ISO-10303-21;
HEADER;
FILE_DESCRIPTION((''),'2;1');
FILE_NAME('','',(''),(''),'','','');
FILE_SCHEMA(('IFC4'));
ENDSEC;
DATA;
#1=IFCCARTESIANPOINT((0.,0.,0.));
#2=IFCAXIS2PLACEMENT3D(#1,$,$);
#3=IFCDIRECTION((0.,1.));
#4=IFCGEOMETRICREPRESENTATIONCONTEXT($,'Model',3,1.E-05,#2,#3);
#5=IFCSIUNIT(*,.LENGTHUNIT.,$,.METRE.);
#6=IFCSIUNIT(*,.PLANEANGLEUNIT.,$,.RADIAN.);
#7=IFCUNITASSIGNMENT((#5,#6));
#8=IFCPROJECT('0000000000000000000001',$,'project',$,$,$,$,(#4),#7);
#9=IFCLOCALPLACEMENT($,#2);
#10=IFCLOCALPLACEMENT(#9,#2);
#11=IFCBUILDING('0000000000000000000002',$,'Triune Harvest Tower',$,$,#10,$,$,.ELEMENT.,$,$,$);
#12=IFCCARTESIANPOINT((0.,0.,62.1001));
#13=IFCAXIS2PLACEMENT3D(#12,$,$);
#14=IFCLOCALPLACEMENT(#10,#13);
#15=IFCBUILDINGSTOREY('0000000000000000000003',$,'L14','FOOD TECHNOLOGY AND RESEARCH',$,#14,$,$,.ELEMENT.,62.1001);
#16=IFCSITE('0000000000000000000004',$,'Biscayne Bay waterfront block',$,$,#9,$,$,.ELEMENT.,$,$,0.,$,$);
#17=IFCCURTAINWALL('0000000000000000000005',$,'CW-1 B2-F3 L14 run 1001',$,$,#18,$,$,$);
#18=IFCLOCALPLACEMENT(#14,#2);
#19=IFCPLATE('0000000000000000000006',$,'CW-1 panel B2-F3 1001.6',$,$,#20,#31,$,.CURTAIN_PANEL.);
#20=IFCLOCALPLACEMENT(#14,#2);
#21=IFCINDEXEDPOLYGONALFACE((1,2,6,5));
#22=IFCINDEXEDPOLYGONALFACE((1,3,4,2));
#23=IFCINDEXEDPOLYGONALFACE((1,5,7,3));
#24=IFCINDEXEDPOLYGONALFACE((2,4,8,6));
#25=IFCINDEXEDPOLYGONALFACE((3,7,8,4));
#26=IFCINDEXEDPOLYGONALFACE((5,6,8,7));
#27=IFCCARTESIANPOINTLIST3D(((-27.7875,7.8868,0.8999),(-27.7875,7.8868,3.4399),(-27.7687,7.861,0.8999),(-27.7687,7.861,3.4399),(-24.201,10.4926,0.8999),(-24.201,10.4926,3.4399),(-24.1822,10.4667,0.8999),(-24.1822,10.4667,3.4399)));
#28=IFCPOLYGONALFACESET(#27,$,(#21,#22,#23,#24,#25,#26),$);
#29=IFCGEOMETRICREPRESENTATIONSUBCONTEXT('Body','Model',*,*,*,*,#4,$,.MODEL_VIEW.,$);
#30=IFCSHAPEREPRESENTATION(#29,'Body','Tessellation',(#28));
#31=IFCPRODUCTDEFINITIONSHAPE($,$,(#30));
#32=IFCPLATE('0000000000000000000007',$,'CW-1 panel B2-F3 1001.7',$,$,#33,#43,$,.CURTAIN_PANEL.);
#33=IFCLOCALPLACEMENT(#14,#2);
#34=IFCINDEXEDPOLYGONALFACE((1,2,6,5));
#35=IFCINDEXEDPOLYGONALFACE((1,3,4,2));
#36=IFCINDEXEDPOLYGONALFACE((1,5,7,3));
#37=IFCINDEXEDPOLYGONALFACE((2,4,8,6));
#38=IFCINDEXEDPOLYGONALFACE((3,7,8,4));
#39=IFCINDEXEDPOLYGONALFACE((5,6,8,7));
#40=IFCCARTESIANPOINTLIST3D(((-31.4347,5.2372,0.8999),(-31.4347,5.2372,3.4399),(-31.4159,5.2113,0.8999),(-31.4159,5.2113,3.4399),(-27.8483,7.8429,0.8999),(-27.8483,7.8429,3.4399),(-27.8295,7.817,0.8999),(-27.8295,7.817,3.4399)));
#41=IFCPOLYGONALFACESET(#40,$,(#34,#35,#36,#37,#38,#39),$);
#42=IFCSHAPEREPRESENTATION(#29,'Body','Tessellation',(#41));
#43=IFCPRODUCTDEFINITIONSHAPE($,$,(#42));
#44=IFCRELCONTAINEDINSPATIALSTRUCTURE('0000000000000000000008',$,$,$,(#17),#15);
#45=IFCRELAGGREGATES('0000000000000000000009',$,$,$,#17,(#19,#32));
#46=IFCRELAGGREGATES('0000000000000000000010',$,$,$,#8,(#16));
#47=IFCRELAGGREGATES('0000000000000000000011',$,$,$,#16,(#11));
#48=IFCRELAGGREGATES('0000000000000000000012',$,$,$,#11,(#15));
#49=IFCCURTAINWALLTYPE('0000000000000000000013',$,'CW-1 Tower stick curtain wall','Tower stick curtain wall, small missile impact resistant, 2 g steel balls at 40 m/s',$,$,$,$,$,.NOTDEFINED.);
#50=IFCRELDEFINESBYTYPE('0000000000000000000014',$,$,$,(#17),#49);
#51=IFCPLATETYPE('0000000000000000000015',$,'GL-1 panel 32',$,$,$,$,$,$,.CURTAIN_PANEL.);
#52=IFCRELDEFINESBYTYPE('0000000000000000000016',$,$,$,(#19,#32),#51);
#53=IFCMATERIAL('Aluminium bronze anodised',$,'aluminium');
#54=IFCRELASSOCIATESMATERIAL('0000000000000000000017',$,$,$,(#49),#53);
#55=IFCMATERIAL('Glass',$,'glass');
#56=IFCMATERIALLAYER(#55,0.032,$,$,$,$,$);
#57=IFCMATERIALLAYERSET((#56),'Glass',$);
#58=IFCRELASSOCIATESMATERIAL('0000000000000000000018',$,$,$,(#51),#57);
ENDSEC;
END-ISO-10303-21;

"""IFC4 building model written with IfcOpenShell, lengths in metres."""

from ifc_helpers import new_model, si_unit, direction, frame, origin, origin_2d, place, context, subcontext, project, spatial, rectangle, extrude, source, transform, mapped, material, layer, layer_set, type_object, element, aggregate, save


model = new_model("IFC4")

# Units and contexts
model_context = context("Model", 3, precision=1e-05, world=origin(), true_north=direction((0.0, 1.0)))
body_context = subcontext(model_context, "Body", "Model", "MODEL_VIEW")
ifc_project = project(units=[si_unit("LENGTHUNIT", "METRE"), si_unit("PLANEANGLEUNIT", "RADIAN")], contexts=[model_context])

# Site, building, storey
site_placement = place(None, origin())
site = spatial("IfcSite", under=ifc_project, at=site_placement, Name="Biscayne Bay waterfront block", CompositionType="ELEMENT", RefElevation=0.0)
building_placement = place(site_placement, origin())
building = spatial("IfcBuilding", under=site, at=building_placement, Name="Triune Harvest Tower", CompositionType="ELEMENT")
storey_placement = place(building_placement, frame((0.0, 0.0, 62.1001)))
storey = spatial("IfcBuildingStorey", under=building, at=storey_placement, Name="L14", Description="FOOD TECHNOLOGY AND RESEARCH", CompositionType="ELEMENT", Elevation=62.1001)

# Curtain wall
ifc_material_1 = material(Name="Aluminium bronze anodised", Category="aluminium")
curtain_wall_type = type_object("IfcCurtainWallType", Name="CW-1 Tower stick curtain wall", Description="Tower stick curtain wall, small missile impact resistant, 2 g steel balls at 40 m/s", PredefinedType="NOTDEFINED", material=ifc_material_1)
curtain_wall_1_placement = place(storey_placement, origin())
curtain_wall_1 = element("IfcCurtainWall", 1, at=curtain_wall_1_placement, inside=storey, type_object=curtain_wall_type, Name="CW-1 B2-F3 L14 run 1001")

# Plates
ifc_material_2 = material(Name="Glass", Category="glass")
ifc_layer = layer(ifc_material_2, 0.032)
ifc_layer_set = layer_set([ifc_layer], Name="Glass")
plate_type = type_object("IfcPlateType", Name="GL-1 panel 32", PredefinedType="CURTAIN_PANEL", material=ifc_layer_set)
shared_shape_1 = source(origin(), body_context, "Body", "SweptSolid", [
    extrude(rectangle(XDim=4.4331, YDim=0.032, at=origin_2d()), origin(), (0.0, 0.0, 1.0), 2.54),
])
plate_1_placement = place(storey_placement, frame((-25.9849, 9.1768, 0.8999), z_axis=(0.0, 0.0, 1.0), x_axis=(-0.809016, -0.587786, 0.0)))
plate_1 = element("IfcPlate", 2, at=plate_1_placement, type_object=plate_type, Name="CW-1 panel B2-F3 1001.6", PredefinedType="CURTAIN_PANEL", context=body_context, shape_type="MappedRepresentation", body=[
    mapped(shared_shape_1, transform((0.0, 0.0, 0.0), scale=1.0)),
])
plate_2_placement = place(storey_placement, frame((-29.6321, 6.5271, 0.8999), z_axis=(0.0, 0.0, 1.0), x_axis=(-0.809016, -0.587786, 0.0)))
plate_2 = element("IfcPlate", 3, at=plate_2_placement, type_object=plate_type, Name="CW-1 panel B2-F3 1001.7", PredefinedType="CURTAIN_PANEL", context=body_context, shape_type="MappedRepresentation", body=[
    mapped(shared_shape_1, transform((0.0, 0.0, 0.0), scale=1.0)),
])
aggregate(curtain_wall_1, [plate_1, plate_2])

save(model, "model.ifc")
